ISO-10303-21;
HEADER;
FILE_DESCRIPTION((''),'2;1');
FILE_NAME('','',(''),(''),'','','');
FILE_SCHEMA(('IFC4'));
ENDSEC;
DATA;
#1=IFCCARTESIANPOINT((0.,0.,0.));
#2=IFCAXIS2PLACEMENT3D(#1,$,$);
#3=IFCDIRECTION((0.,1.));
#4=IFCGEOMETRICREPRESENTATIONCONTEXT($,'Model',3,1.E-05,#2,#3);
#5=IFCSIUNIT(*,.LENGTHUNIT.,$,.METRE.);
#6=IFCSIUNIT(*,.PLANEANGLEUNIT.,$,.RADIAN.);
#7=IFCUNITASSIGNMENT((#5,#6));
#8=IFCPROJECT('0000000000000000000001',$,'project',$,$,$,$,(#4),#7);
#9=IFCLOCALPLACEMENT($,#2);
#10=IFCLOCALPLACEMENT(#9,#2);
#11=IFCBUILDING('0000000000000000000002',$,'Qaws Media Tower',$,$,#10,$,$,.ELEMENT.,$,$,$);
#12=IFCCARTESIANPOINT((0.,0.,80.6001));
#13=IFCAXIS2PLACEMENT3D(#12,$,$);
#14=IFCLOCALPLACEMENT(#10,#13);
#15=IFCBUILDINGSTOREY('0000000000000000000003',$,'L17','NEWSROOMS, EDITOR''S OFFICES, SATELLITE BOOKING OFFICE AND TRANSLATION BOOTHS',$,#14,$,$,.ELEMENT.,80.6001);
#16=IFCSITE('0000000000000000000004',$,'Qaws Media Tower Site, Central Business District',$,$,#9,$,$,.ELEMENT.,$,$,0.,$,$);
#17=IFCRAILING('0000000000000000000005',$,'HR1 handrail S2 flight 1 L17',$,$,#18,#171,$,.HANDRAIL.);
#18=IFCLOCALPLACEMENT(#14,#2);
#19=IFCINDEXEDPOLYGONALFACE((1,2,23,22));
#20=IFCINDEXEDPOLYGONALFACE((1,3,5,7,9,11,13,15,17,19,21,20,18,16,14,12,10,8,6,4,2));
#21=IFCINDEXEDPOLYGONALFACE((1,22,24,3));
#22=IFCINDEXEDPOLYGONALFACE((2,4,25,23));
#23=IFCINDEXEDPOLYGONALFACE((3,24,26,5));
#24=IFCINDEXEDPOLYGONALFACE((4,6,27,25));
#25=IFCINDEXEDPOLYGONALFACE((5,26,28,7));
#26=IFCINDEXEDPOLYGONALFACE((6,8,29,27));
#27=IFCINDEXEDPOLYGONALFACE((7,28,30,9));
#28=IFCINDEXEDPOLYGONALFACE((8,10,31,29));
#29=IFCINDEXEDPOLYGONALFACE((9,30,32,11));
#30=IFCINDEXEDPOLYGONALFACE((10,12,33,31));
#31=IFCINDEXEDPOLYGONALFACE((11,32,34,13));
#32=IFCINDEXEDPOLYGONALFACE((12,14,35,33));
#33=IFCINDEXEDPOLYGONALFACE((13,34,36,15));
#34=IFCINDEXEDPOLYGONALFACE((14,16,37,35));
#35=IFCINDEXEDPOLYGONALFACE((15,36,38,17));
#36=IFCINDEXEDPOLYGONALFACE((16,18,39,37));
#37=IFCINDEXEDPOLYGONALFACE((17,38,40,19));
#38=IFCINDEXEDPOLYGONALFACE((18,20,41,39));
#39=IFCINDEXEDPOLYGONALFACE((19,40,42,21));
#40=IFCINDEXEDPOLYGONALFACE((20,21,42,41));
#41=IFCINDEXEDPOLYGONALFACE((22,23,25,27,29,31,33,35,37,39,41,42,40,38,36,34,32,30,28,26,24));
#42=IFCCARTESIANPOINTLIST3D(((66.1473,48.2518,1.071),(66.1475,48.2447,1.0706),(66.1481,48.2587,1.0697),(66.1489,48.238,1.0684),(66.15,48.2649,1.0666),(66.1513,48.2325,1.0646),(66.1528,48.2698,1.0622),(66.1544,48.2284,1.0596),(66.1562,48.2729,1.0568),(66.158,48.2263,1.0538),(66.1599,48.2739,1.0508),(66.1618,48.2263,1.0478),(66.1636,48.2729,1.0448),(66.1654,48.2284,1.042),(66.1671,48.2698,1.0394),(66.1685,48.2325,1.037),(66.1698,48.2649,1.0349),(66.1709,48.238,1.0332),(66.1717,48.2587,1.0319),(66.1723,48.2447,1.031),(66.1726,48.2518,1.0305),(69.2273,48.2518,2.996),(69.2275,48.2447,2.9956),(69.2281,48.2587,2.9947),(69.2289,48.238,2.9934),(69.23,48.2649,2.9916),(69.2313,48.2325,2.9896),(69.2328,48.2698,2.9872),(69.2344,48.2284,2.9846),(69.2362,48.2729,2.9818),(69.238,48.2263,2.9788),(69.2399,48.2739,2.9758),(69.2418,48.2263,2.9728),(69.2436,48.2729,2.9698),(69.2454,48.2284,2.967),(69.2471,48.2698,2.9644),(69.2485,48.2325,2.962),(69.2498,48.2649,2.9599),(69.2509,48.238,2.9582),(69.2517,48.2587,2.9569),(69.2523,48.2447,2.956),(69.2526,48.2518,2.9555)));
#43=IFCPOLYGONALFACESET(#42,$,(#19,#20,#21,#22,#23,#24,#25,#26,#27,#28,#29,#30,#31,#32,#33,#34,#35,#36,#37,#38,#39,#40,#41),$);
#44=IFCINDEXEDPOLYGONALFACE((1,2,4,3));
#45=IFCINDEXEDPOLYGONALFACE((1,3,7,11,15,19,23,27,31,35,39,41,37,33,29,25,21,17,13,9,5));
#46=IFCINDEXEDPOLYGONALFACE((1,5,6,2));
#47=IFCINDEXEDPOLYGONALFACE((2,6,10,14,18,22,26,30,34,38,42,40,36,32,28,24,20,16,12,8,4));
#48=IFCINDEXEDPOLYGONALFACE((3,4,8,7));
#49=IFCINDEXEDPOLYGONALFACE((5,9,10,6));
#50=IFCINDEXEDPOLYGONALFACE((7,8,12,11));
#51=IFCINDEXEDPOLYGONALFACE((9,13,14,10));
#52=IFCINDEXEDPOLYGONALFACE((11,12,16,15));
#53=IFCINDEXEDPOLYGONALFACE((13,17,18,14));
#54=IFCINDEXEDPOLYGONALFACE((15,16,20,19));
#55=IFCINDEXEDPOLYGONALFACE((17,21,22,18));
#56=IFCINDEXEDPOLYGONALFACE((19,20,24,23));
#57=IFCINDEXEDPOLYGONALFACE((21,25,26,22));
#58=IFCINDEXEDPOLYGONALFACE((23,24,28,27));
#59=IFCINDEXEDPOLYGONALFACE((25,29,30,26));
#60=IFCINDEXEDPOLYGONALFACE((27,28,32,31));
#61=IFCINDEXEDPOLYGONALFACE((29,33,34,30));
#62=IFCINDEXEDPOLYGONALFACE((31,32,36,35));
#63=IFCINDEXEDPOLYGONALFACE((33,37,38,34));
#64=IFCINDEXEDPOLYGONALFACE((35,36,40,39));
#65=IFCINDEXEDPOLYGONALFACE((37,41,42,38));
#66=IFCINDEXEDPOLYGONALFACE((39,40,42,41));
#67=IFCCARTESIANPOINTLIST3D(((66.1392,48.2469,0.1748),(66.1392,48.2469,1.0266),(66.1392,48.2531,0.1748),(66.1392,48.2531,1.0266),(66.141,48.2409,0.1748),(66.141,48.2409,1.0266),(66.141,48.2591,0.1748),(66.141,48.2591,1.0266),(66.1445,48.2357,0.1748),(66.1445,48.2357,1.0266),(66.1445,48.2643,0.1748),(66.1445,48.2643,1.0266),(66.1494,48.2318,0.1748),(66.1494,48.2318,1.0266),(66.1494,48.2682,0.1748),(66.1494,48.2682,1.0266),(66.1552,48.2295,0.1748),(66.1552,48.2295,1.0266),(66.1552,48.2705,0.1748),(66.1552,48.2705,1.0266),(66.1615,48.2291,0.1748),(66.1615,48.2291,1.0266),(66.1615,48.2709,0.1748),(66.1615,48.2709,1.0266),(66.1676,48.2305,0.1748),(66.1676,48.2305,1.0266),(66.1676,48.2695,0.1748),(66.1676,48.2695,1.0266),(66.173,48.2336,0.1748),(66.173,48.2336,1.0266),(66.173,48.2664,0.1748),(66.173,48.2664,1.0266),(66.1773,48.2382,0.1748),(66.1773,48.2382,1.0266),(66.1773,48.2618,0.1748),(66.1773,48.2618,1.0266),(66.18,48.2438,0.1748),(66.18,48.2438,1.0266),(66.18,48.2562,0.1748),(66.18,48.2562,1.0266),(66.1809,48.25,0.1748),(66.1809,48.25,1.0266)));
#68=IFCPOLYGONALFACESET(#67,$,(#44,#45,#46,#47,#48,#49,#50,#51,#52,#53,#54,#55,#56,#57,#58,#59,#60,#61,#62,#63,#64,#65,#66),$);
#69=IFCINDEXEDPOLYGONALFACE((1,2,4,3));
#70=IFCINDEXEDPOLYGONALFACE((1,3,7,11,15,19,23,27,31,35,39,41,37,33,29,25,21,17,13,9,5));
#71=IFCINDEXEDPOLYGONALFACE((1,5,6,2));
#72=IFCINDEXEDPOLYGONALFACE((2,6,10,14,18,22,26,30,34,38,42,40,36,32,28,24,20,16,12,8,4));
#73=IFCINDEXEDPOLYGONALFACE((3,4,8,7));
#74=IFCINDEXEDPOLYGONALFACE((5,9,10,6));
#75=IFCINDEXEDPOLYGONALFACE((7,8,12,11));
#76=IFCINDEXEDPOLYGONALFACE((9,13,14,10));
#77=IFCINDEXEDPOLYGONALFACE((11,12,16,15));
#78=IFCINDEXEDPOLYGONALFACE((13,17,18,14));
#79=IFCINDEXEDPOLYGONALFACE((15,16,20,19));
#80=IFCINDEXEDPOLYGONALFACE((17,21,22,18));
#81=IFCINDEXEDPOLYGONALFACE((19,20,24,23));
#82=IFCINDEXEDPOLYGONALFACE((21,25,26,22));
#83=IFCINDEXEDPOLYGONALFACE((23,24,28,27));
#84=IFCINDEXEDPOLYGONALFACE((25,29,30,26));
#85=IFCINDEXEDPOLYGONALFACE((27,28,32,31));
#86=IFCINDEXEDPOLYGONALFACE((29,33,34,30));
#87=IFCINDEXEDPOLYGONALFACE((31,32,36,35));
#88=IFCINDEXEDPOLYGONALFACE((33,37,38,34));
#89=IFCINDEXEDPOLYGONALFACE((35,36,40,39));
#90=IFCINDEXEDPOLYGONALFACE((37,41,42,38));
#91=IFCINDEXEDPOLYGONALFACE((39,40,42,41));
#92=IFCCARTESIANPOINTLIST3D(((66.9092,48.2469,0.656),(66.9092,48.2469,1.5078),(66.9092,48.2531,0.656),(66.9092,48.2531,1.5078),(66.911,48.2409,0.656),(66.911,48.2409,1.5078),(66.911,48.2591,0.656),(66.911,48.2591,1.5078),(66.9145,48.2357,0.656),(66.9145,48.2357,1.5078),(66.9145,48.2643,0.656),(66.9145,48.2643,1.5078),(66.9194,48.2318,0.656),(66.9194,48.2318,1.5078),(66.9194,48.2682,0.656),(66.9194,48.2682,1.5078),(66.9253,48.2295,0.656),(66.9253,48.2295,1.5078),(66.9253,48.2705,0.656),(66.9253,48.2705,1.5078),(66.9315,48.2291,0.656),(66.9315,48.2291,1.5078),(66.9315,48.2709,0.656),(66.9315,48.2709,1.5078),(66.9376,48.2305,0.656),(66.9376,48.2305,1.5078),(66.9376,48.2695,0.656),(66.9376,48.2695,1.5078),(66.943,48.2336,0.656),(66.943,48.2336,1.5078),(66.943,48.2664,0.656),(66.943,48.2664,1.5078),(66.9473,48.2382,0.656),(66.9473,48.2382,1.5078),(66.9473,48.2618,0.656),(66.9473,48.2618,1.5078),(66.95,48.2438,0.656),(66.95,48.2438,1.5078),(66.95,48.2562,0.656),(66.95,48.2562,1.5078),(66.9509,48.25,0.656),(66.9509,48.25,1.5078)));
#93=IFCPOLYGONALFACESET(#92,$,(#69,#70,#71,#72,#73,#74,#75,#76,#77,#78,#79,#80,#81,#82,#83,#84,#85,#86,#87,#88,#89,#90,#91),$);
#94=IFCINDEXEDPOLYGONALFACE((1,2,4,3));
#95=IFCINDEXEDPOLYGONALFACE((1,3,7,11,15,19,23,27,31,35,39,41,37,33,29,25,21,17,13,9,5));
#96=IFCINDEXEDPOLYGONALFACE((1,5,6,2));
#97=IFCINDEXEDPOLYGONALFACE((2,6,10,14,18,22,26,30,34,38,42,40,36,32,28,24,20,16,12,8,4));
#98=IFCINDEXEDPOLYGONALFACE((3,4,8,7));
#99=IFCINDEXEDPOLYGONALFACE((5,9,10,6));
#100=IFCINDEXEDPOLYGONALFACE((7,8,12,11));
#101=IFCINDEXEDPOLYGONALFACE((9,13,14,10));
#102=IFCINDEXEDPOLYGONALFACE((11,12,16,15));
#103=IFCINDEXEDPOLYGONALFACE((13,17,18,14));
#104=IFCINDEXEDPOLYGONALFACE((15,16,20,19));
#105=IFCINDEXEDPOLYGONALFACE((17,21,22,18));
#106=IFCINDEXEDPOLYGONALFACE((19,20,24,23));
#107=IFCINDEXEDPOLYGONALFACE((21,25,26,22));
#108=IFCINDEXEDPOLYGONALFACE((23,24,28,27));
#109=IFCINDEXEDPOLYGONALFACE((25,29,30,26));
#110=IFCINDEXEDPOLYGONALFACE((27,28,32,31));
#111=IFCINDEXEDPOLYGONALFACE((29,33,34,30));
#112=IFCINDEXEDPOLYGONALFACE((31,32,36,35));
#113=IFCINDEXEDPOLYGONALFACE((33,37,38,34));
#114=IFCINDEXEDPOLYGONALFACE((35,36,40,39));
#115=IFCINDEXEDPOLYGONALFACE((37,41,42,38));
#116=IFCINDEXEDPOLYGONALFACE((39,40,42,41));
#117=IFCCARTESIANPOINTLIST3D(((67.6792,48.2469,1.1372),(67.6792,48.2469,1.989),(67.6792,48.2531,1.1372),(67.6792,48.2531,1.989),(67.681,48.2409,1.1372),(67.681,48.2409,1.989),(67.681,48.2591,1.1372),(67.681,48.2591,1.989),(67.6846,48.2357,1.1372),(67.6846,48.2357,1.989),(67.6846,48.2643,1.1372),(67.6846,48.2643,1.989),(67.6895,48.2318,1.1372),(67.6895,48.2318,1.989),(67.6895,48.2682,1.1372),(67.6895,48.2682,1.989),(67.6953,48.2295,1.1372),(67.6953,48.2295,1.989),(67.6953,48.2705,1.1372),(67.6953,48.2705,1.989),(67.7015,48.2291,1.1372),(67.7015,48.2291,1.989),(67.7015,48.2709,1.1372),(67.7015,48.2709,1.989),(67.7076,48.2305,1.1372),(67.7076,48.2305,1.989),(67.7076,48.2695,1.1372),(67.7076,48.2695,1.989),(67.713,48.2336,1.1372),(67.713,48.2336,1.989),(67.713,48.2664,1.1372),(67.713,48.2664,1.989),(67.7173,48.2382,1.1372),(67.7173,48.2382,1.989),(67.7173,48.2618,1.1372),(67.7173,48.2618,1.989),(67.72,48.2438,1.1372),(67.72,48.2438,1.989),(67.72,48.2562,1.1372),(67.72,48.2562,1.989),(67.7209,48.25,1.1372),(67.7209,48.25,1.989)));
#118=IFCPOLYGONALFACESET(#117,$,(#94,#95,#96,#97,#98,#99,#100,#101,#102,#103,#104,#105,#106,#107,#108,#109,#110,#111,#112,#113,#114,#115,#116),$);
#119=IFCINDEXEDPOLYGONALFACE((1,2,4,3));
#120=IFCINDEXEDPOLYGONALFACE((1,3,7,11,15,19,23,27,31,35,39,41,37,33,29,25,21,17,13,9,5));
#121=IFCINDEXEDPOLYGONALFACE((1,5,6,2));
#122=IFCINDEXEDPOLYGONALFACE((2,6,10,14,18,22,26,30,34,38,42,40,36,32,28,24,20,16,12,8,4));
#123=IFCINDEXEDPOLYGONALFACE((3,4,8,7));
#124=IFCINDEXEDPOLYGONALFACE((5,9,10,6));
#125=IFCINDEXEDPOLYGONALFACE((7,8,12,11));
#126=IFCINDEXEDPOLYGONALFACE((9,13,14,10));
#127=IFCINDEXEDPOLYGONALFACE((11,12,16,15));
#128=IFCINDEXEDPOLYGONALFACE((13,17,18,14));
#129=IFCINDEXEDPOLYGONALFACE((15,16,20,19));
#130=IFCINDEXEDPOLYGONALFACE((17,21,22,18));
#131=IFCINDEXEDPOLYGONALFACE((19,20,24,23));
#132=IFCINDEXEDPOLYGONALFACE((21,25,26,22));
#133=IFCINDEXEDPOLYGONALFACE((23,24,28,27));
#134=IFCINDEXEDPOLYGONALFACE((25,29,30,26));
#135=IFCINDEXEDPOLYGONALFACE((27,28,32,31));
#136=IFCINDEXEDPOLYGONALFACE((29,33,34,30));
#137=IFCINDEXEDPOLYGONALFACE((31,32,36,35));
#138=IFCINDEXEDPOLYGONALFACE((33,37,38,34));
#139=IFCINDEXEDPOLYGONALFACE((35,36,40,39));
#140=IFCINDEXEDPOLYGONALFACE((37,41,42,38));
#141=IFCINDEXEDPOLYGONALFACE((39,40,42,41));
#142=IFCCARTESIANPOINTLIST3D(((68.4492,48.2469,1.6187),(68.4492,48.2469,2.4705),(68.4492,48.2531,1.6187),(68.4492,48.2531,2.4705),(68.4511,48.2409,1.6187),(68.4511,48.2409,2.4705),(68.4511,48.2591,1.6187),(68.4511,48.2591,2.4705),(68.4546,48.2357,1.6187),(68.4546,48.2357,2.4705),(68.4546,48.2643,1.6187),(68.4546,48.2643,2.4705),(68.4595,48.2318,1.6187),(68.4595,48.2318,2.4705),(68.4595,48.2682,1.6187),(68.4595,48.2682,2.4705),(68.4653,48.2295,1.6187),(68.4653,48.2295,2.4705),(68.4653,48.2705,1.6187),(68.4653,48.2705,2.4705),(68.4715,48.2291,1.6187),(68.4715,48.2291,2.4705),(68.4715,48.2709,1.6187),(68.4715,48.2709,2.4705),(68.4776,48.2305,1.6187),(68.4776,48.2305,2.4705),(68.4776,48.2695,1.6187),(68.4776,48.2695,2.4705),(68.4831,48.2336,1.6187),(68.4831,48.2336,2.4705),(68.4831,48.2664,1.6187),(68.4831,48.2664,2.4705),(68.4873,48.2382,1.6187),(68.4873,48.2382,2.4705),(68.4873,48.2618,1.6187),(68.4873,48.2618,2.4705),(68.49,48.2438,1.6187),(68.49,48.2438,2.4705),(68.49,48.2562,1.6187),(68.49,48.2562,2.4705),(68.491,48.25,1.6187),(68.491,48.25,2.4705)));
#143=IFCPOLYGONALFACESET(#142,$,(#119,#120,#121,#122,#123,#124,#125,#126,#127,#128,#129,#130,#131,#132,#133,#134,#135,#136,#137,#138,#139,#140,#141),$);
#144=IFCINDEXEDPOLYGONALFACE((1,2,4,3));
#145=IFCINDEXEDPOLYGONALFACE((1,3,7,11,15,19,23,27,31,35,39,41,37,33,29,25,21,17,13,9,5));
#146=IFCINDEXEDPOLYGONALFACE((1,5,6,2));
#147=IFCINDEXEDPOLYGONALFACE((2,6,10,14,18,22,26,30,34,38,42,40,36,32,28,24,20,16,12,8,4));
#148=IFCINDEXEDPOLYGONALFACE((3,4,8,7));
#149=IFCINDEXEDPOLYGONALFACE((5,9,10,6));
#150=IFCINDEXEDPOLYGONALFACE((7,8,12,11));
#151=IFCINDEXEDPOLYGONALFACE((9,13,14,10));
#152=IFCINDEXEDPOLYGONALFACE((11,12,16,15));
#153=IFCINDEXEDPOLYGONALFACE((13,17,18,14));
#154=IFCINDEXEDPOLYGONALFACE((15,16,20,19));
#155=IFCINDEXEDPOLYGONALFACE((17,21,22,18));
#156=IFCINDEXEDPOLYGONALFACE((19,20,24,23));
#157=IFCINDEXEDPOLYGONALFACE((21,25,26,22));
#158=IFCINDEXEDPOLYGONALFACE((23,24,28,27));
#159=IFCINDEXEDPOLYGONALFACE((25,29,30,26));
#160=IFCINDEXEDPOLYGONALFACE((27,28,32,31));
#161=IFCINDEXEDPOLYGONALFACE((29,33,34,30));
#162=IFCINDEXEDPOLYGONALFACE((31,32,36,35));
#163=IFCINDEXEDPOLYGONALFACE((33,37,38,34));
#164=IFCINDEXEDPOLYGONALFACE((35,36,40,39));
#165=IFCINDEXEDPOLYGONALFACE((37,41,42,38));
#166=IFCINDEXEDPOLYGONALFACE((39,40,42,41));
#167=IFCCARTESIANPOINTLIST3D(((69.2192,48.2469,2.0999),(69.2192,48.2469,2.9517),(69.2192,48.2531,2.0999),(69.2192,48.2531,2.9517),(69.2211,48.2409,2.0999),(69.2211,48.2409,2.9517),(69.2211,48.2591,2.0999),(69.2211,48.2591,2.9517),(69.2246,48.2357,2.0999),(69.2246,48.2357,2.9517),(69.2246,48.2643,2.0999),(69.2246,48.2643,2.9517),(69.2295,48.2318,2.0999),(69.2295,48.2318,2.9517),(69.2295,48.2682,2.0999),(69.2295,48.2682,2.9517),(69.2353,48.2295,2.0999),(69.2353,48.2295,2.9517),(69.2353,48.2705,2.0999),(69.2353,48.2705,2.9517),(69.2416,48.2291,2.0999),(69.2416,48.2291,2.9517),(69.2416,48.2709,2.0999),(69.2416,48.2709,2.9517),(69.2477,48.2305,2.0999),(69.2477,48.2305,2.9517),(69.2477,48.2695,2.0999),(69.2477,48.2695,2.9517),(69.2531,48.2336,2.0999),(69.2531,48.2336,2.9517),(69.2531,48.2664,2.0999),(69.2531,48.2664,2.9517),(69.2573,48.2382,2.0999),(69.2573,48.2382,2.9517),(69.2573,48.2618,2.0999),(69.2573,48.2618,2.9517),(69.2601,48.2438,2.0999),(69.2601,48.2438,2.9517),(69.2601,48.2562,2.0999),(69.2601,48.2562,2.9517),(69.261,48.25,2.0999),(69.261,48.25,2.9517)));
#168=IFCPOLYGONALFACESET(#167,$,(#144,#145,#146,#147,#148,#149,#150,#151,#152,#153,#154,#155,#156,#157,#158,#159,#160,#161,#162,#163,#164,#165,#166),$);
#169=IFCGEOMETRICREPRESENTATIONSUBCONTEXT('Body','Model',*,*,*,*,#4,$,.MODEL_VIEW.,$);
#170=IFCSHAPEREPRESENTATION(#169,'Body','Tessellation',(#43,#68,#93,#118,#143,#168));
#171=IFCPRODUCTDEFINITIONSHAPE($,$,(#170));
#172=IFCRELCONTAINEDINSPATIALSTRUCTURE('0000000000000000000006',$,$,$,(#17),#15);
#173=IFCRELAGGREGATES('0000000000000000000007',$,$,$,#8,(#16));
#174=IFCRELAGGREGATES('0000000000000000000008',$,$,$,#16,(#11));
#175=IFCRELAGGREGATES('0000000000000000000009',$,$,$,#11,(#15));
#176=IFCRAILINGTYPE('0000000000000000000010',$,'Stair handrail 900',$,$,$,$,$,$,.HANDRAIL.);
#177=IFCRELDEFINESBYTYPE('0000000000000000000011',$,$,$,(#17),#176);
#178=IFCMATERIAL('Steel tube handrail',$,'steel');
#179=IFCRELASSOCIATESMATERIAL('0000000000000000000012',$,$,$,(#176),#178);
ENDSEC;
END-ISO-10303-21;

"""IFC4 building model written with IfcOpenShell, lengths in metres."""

from ifc_helpers import new_model, si_unit, direction, frame, origin, origin_2d, place, context, subcontext, project, spatial, circle, extrude, material, type_object, element, save


model = new_model("IFC4")

# Units and contexts
model_context = context("Model", 3, precision=1e-05, world=origin(), true_north=direction((0.0, 1.0)))
body_context = subcontext(model_context, "Body", "Model", "MODEL_VIEW")
ifc_project = project(units=[si_unit("LENGTHUNIT", "METRE"), si_unit("PLANEANGLEUNIT", "RADIAN")], contexts=[model_context])

# Site, building, storey
site_placement = place(None, origin())
site = spatial("IfcSite", under=ifc_project, at=site_placement, Name="Qaws Media Tower Site, Central Business District", CompositionType="ELEMENT", RefElevation=0.0)
building_placement = place(site_placement, origin())
building = spatial("IfcBuilding", under=site, at=building_placement, Name="Qaws Media Tower", CompositionType="ELEMENT")
storey_placement = place(building_placement, frame((0.0, 0.0, 80.6001)))
storey = spatial("IfcBuildingStorey", under=building, at=storey_placement, Name="L17", Description="NEWSROOMS, EDITOR'S OFFICES, SATELLITE BOOKING OFFICE AND TRANSLATION BOOTHS", CompositionType="ELEMENT", Elevation=80.6001)

# Railing
ifc_material_1 = material(Name="Steel tube handrail", Category="steel")
railing_type = type_object("IfcRailingType", Name="Stair handrail 900", PredefinedType="HANDRAIL", material=ifc_material_1)
railing_placement = place(storey_placement, frame((66.1599, 48.25, 0.1748)))
element("IfcRailing", 1, at=railing_placement, inside=storey, type_object=railing_type, Name="HR1 handrail S2 flight 1 L17", PredefinedType="HANDRAIL", context=body_context, shape_type="SweptSolid", body=[
    extrude(circle(Radius=0.0239, at=origin_2d()), frame((0.0, 0.0, 0.876), z_axis=(0.847998, 0.0, 0.529999), x_axis=(0.0, 1.0, 0.0)), (0.0, 0.0, 1.0), 3.6321),
    extrude(circle(Radius=0.021, at=origin_2d()), origin(), (0.0, 0.0, 1.0), 0.8518),
    extrude(circle(Radius=0.021, at=origin_2d()), frame((0.77, 0.0, 0.4812)), (0.0, 0.0, 1.0), 0.8518),
    extrude(circle(Radius=0.021, at=origin_2d()), frame((1.54, 0.0, 0.9624)), (0.0, 0.0, 1.0), 0.8518),
    extrude(circle(Radius=0.021, at=origin_2d()), frame((2.3101, 0.0, 1.4438)), (0.0, 0.0, 1.0), 0.8518),
    extrude(circle(Radius=0.021, at=origin_2d()), frame((3.0801, 0.0, 1.925)), (0.0, 0.0, 1.0), 0.8518),
])

save(model, "model.ifc")
